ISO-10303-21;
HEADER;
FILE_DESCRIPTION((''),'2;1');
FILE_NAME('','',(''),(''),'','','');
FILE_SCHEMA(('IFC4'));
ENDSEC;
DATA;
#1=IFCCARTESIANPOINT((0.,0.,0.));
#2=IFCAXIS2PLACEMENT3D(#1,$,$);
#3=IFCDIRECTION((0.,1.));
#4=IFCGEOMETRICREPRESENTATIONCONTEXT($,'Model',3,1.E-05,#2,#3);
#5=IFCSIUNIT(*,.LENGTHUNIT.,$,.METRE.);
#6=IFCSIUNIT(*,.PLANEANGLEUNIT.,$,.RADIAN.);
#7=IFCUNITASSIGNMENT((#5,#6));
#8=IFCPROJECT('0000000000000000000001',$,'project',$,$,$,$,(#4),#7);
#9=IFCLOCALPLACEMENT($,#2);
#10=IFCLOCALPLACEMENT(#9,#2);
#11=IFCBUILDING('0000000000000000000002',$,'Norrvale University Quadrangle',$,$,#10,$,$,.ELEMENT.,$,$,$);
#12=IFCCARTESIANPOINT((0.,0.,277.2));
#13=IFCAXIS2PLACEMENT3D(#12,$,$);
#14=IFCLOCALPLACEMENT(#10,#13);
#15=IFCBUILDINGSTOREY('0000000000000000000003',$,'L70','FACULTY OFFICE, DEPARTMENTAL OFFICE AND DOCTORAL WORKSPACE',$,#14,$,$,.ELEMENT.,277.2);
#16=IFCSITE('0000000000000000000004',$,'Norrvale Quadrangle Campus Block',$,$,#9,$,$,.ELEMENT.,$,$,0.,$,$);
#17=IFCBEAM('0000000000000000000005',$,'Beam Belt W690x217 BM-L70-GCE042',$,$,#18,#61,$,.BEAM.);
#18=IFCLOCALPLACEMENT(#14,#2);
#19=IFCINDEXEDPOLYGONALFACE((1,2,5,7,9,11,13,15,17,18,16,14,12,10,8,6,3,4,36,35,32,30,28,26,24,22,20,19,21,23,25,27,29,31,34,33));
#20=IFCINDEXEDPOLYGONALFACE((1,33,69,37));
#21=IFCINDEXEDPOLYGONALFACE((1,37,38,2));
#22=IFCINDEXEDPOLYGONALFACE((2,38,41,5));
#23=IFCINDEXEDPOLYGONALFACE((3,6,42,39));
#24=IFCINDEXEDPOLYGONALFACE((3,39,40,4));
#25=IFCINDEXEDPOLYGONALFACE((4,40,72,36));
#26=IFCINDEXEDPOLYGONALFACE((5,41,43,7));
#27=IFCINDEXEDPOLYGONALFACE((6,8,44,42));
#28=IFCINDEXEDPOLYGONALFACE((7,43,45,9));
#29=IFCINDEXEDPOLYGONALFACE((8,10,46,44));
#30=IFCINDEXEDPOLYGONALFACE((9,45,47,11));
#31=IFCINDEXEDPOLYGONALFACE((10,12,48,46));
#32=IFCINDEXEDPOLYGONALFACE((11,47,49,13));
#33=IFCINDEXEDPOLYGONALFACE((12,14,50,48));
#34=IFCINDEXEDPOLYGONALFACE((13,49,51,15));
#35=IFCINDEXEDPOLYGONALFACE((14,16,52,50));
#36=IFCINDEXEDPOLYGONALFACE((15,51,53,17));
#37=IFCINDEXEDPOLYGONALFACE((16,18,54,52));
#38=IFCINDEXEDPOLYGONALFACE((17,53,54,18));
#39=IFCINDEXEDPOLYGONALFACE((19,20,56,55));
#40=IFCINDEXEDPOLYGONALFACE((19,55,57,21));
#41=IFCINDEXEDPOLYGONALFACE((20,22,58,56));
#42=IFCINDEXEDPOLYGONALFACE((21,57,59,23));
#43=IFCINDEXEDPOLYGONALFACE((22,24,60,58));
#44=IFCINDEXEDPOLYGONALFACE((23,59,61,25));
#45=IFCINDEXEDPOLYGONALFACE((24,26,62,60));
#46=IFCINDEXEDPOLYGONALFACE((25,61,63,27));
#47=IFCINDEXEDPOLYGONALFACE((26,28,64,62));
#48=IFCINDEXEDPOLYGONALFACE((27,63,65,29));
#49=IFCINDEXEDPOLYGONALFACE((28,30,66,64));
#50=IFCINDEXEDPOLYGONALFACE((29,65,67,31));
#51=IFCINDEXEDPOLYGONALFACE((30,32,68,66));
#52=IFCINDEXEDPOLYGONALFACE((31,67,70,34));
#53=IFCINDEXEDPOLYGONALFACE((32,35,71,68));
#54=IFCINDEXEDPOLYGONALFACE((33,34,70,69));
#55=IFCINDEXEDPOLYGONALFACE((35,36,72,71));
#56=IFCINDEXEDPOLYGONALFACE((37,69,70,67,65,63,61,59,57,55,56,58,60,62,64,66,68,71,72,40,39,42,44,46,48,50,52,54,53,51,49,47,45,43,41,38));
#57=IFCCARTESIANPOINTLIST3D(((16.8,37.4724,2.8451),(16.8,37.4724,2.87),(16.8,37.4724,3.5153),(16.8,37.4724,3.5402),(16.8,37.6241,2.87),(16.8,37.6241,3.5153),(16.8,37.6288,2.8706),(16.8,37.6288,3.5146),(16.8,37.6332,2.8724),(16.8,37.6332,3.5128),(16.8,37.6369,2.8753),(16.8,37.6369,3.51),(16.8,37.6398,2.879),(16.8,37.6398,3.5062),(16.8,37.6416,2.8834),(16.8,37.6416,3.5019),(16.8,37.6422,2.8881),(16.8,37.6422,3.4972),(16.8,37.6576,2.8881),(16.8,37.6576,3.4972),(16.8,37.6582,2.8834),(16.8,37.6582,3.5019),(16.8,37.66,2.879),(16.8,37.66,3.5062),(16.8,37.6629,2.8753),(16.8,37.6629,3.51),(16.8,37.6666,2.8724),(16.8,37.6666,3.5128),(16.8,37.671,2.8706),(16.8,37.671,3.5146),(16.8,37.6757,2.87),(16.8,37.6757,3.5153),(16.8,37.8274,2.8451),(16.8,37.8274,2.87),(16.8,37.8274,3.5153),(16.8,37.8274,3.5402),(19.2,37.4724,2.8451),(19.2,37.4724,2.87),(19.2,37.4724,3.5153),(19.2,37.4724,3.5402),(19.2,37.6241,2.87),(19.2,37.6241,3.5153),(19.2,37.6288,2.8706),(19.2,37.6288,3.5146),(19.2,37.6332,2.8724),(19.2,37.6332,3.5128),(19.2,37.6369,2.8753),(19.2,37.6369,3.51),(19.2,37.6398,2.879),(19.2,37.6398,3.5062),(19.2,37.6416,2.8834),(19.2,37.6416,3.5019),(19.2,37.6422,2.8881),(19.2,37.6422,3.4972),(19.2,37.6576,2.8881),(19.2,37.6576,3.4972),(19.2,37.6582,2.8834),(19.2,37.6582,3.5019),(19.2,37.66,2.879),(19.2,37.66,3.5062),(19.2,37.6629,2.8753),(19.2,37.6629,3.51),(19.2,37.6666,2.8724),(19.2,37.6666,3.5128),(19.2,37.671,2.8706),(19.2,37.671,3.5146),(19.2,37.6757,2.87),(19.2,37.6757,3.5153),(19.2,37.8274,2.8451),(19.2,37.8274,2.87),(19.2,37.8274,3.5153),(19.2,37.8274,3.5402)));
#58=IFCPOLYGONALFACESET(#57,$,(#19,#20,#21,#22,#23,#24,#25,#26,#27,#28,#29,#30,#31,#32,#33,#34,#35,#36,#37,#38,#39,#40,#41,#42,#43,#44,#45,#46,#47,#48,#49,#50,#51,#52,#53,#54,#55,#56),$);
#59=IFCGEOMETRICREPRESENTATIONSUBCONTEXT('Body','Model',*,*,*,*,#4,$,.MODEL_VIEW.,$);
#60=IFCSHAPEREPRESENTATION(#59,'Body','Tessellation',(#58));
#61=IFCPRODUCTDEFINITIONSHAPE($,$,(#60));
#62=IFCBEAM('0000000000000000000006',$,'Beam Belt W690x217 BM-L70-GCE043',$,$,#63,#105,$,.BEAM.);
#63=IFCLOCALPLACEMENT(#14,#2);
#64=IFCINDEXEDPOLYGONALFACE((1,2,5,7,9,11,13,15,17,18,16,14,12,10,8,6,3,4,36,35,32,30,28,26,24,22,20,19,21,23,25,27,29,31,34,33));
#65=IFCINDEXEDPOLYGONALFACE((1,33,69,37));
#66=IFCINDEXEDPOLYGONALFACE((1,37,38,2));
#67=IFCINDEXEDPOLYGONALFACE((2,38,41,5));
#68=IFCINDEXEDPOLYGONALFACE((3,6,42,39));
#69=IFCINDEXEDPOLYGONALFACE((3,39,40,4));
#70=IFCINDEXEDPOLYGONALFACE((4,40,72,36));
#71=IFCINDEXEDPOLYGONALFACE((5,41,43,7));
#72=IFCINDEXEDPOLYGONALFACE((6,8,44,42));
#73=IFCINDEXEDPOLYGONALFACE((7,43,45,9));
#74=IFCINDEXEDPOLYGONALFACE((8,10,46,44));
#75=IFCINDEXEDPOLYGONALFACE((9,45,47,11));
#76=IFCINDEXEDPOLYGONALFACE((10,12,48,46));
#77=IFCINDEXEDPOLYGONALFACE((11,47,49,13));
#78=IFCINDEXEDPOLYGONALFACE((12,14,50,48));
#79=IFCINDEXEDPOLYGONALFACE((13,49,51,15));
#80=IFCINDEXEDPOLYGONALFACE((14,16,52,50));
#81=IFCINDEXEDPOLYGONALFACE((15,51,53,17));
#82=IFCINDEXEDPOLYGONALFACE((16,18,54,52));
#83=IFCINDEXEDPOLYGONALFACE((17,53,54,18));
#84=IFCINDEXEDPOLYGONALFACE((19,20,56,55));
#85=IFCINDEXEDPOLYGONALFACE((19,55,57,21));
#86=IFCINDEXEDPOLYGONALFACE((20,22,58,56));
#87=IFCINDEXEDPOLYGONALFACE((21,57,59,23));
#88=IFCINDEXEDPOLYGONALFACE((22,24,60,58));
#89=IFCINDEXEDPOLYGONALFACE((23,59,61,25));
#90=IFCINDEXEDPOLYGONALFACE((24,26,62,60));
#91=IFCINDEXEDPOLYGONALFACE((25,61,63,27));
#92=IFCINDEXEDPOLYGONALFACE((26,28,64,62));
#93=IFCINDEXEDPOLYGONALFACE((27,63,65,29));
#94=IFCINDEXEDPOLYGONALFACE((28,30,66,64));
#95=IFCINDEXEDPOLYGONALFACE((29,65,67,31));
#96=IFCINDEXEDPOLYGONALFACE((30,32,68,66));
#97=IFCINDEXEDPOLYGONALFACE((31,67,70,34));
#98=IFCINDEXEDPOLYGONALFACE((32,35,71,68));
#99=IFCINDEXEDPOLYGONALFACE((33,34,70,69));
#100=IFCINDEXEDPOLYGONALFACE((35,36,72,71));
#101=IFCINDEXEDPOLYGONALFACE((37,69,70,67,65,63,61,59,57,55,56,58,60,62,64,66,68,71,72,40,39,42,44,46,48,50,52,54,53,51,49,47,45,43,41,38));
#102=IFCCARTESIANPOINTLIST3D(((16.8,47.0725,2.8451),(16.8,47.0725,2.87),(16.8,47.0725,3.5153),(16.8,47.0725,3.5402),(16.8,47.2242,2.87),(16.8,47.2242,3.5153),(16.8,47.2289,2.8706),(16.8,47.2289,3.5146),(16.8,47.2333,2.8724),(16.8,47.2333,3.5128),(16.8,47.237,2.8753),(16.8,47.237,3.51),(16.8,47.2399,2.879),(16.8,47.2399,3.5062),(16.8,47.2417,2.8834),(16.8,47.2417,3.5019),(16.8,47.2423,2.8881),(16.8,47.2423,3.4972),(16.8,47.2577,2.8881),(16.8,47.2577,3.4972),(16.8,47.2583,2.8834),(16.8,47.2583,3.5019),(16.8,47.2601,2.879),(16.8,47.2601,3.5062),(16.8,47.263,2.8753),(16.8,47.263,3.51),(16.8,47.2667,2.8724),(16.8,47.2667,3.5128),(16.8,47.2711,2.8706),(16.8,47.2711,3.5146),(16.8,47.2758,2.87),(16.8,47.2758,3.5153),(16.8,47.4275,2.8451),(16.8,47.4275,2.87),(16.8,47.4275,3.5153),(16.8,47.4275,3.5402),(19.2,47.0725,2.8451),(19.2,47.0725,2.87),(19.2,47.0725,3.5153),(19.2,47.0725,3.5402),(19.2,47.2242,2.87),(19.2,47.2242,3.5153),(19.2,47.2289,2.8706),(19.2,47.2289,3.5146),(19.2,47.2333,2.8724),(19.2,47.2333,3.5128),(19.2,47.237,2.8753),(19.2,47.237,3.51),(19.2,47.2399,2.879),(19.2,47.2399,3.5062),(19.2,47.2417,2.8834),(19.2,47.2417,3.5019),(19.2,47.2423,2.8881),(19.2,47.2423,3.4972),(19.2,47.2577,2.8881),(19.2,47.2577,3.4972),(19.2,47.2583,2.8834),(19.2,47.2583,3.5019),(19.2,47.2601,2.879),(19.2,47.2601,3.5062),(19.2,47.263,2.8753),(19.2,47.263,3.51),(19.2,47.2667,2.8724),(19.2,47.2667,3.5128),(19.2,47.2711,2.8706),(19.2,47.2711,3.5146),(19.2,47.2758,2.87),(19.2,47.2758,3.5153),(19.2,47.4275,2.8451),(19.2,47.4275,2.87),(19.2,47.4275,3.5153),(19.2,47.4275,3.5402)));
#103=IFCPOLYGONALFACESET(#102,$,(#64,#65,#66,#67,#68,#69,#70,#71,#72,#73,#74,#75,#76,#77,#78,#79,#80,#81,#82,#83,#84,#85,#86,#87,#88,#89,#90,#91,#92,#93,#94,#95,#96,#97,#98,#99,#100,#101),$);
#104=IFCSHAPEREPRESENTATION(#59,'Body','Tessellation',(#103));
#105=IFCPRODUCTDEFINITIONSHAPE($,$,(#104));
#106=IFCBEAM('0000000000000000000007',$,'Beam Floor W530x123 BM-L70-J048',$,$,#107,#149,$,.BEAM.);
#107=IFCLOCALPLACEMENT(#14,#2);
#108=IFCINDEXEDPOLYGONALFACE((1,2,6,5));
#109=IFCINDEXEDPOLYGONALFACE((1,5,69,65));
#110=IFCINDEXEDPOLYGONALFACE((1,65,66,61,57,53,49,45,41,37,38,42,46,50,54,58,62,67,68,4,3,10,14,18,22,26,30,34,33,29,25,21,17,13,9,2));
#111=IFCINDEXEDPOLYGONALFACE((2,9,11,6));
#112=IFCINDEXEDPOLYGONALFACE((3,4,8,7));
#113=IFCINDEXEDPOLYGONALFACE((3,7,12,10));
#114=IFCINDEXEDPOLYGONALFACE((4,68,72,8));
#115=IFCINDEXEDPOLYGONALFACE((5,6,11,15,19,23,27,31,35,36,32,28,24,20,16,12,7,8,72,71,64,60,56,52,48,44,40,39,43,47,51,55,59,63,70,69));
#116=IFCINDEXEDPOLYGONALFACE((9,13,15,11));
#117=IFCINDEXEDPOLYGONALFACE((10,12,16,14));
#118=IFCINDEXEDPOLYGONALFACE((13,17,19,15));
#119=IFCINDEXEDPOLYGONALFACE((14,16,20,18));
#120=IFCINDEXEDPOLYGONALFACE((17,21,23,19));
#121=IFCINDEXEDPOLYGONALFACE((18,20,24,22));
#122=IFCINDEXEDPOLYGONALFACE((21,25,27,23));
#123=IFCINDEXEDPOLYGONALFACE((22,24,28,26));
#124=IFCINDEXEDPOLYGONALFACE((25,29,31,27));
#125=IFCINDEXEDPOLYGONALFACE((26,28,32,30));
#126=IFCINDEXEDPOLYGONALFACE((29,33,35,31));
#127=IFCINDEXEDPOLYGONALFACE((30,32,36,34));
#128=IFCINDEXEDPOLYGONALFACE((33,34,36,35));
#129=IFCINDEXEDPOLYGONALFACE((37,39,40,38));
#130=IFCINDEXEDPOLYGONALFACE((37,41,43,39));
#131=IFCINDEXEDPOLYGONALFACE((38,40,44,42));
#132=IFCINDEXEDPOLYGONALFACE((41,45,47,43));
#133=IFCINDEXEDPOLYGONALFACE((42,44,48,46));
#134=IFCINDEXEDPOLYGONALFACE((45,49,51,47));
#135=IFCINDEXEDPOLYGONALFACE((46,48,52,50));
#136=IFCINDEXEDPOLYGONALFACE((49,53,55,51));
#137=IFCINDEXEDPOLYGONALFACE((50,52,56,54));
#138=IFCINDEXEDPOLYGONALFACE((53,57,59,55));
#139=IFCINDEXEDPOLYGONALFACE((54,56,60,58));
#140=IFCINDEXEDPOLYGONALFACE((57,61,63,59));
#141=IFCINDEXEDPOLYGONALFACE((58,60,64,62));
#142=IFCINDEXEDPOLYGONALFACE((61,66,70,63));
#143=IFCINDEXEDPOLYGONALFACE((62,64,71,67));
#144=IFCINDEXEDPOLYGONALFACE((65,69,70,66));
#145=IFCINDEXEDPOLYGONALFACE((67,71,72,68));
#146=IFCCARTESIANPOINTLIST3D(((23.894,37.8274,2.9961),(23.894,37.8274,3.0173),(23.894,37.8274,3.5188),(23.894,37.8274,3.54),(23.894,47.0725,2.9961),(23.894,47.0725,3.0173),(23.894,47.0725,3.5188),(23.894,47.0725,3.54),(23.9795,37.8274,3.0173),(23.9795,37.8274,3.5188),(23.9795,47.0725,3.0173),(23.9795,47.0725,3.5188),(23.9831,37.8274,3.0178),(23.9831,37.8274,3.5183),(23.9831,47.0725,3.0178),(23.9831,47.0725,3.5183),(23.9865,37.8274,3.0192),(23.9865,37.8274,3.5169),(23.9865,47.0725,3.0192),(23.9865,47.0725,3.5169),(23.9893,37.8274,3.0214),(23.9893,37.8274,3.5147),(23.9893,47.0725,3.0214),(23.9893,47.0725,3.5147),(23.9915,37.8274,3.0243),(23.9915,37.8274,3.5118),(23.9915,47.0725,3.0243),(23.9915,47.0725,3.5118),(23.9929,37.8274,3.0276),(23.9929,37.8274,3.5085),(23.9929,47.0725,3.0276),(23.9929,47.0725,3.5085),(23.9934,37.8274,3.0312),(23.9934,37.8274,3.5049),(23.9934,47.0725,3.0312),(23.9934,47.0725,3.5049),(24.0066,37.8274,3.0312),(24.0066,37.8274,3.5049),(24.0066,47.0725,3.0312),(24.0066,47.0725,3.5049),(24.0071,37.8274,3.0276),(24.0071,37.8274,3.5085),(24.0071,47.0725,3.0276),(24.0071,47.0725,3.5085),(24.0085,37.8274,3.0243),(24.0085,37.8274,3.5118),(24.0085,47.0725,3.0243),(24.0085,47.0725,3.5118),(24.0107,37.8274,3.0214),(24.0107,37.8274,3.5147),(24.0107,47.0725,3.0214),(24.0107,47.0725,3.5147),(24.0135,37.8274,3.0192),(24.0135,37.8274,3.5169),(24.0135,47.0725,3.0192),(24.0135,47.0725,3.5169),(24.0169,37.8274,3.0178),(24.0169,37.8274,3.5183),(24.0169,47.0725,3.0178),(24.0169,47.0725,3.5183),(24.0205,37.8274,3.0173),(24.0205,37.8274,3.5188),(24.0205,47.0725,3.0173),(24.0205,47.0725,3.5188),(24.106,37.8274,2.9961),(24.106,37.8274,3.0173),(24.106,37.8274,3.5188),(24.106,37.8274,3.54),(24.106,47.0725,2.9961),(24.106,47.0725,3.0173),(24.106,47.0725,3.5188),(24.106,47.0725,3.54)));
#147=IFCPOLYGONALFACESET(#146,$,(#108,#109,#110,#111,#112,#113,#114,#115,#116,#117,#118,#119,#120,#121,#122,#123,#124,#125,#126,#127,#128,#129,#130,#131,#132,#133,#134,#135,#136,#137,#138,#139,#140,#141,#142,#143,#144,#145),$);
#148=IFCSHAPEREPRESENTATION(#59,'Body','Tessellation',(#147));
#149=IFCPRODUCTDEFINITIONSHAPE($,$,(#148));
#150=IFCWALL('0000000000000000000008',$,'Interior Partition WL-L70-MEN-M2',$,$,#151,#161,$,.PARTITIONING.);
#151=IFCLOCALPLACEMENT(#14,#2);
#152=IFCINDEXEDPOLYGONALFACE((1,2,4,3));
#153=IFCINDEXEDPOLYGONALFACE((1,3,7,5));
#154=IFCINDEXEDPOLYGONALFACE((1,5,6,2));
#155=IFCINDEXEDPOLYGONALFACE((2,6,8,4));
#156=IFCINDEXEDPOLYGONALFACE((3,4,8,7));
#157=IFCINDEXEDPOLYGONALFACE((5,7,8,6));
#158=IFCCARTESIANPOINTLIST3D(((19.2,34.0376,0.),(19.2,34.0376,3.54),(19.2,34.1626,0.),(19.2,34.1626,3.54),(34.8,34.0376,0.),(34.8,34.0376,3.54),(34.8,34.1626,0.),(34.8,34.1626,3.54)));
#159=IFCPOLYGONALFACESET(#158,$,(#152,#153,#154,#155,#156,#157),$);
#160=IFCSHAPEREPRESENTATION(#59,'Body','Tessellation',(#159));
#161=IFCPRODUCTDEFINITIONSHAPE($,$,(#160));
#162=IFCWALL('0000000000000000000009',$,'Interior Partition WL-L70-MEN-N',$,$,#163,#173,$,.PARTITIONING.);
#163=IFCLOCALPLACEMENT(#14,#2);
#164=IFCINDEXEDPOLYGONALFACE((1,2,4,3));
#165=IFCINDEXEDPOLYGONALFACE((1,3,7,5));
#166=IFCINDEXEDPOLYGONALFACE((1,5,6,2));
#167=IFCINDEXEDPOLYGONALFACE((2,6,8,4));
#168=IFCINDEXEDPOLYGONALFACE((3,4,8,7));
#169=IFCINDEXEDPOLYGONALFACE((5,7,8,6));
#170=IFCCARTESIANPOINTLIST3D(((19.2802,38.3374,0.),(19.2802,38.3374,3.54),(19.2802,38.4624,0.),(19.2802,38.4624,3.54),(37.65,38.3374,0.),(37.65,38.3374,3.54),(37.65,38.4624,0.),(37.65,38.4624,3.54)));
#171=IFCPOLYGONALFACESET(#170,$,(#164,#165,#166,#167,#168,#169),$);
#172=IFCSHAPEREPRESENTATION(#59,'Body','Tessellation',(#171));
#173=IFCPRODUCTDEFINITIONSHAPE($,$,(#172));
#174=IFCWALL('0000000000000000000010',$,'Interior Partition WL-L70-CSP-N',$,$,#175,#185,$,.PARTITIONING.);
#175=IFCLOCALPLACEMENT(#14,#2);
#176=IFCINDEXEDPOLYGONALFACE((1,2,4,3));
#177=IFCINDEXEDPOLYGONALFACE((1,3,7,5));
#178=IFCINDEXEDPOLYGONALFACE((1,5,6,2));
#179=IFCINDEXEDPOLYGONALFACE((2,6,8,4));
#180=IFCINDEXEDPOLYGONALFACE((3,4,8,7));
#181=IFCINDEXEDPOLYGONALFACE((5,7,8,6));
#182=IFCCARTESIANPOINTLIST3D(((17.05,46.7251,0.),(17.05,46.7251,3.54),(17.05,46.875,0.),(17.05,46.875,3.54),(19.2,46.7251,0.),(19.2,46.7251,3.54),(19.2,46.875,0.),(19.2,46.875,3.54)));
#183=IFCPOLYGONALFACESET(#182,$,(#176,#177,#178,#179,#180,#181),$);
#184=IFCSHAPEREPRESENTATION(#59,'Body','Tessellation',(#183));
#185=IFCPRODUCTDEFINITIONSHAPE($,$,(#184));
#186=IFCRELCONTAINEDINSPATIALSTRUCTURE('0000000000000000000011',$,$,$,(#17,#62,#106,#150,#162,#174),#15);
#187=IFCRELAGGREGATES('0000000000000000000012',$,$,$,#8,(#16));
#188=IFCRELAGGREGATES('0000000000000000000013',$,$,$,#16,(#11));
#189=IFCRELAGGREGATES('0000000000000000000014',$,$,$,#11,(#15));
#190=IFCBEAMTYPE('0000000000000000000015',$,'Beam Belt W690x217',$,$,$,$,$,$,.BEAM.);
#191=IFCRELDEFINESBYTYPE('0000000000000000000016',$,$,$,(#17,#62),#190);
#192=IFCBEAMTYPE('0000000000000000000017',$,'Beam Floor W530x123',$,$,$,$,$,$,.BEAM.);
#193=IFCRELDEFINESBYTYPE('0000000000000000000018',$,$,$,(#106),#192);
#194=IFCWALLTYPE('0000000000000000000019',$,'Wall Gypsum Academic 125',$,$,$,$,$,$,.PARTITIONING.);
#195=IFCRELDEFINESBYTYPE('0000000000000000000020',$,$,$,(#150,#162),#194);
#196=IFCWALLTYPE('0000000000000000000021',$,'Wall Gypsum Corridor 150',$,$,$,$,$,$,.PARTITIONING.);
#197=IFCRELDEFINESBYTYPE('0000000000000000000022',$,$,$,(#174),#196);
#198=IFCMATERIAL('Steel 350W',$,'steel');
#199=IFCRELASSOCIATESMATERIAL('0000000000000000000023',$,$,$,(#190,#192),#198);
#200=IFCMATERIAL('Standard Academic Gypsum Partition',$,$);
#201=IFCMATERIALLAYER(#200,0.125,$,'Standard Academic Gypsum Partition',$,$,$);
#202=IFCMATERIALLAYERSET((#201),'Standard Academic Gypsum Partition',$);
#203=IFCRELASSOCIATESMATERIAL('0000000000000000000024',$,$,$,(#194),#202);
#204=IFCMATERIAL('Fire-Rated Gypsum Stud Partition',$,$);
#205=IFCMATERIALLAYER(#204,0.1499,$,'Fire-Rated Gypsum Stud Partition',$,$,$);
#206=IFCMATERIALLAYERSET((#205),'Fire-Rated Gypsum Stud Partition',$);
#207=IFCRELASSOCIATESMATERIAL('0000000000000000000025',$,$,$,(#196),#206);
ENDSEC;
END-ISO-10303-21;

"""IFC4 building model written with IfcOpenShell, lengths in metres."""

from ifc_helpers import new_model, si_unit, direction, frame, frame_2d, origin, origin_2d, place, context, subcontext, project, spatial, rectangle, i_section, extrude, material, layer, layer_set, material_profile, profile_set, type_object, element, save


model = new_model("IFC4")

# Units and contexts
model_context = context("Model", 3, precision=1e-05, world=origin(), true_north=direction((0.0, 1.0)))
body_context = subcontext(model_context, "Body", "Model", "MODEL_VIEW")
ifc_project = project(units=[si_unit("LENGTHUNIT", "METRE"), si_unit("PLANEANGLEUNIT", "RADIAN")], contexts=[model_context])

# Site, building, storey
site_placement = place(None, origin())
site = spatial("IfcSite", under=ifc_project, at=site_placement, Name="Norrvale Quadrangle Campus Block", CompositionType="ELEMENT", RefElevation=0.0)
building_placement = place(site_placement, origin())
building = spatial("IfcBuilding", under=site, at=building_placement, Name="Norrvale University Quadrangle", CompositionType="ELEMENT")
storey_placement = place(building_placement, frame((0.0, 0.0, 277.2)))
storey = spatial("IfcBuildingStorey", under=building, at=storey_placement, Name="L70", Description="FACULTY OFFICE, DEPARTMENTAL OFFICE AND DOCTORAL WORKSPACE", CompositionType="ELEMENT", Elevation=277.2)

# Beams
ifc_material_1 = material(Name="Steel 350W", Category="steel")
ifc_material_profile_1 = material_profile(ifc_material_1, i_section(OverallWidth=0.355, OverallDepth=0.6951, WebThickness=0.0154, FlangeThickness=0.0249, FilletRadius=0.0181, at=origin_2d()), Name="Steel 350W")
ifc_profile_set_1 = profile_set([ifc_material_profile_1], Name="Steel 350W")
beam_type_1 = type_object("IfcBeamType", Name="Beam Belt W690x217", PredefinedType="BEAM", material=ifc_profile_set_1)
for number, where, z_axis, x_axis, name in (
    (1, (16.8, 37.6499, 3.1926), (1.0, 0.0, 0.0), (0.0, 1.0, 0.0), "Beam Belt W690x217 BM-L70-GCE042"),
    (2, (16.8, 47.25, 3.1926), (1.0, 0.0, 0.0), (0.0, 1.0, 0.0), "Beam Belt W690x217 BM-L70-GCE043"),
):
    element("IfcBeam", number, at=place(storey_placement, frame(where, z_axis=z_axis, x_axis=x_axis)), inside=storey, type_object=beam_type_1, Name=name, PredefinedType="BEAM", context=body_context, shape_type="SweptSolid", body=[
        extrude(i_section(OverallWidth=0.355, OverallDepth=0.6951, WebThickness=0.0154, FlangeThickness=0.0249, FilletRadius=0.0181, at=origin_2d()), origin(), (0.0, 0.0, 1.0), 2.3999),
    ])
ifc_material_profile_2 = material_profile(ifc_material_1, i_section(OverallWidth=0.2119, OverallDepth=0.5439, WebThickness=0.0132, FlangeThickness=0.0212, FilletRadius=0.0139, at=origin_2d()), Name="Steel 350W")
ifc_profile_set_2 = profile_set([ifc_material_profile_2], Name="Steel 350W")
beam_type_2 = type_object("IfcBeamType", Name="Beam Floor W530x123", PredefinedType="BEAM", material=ifc_profile_set_2)
beam_placement = place(storey_placement, frame((24.0, 37.8274, 3.2681), z_axis=(0.0, 1.0, 0.0), x_axis=(-1.0, 0.0, 0.0)))
element("IfcBeam", 3, at=beam_placement, inside=storey, type_object=beam_type_2, Name="Beam Floor W530x123 BM-L70-J048", PredefinedType="BEAM", context=body_context, shape_type="SweptSolid", body=[
    extrude(i_section(OverallWidth=0.2119, OverallDepth=0.5439, WebThickness=0.0132, FlangeThickness=0.0212, FilletRadius=0.0139, at=origin_2d()), origin(), (0.0, 0.0, 1.0), 9.2451),
])

# Walls
ifc_material_2 = material(Name="Standard Academic Gypsum Partition")
ifc_layer_1 = layer(ifc_material_2, 0.125, Name="Standard Academic Gypsum Partition")
ifc_layer_set_1 = layer_set([ifc_layer_1], Name="Standard Academic Gypsum Partition")
wall_type_1 = type_object("IfcWallType", Name="Wall Gypsum Academic 125", PredefinedType="PARTITIONING", material=ifc_layer_set_1)
wall_1_placement = place(storey_placement, frame((19.2, 34.1001, 0.0), z_axis=(0.0, 0.0, 1.0), x_axis=(1.0, 0.0, 0.0)))
element("IfcWall", 4, at=wall_1_placement, inside=storey, type_object=wall_type_1, Name="Interior Partition WL-L70-MEN-M2", PredefinedType="PARTITIONING", context=body_context, shape_type="SweptSolid", body=[
    extrude(rectangle(XDim=15.6001, YDim=0.125, at=frame_2d((7.8, 0.0))), origin(), (0.0, 0.0, 1.0), 3.54),
])
wall_2_placement = place(storey_placement, frame((19.28, 38.3999, 0.0), z_axis=(0.0, 0.0, 1.0), x_axis=(1.0, 0.0, 0.0)))
element("IfcWall", 5, at=wall_2_placement, inside=storey, type_object=wall_type_1, Name="Interior Partition WL-L70-MEN-N", PredefinedType="PARTITIONING", context=body_context, shape_type="SweptSolid", body=[
    extrude(rectangle(XDim=18.3699, YDim=0.125, at=frame_2d((9.1851, 0.0))), origin(), (0.0, 0.0, 1.0), 3.54),
])
ifc_material_3 = material(Name="Fire-Rated Gypsum Stud Partition")
ifc_layer_2 = layer(ifc_material_3, 0.1499, Name="Fire-Rated Gypsum Stud Partition")
ifc_layer_set_2 = layer_set([ifc_layer_2], Name="Fire-Rated Gypsum Stud Partition")
wall_type_2 = type_object("IfcWallType", Name="Wall Gypsum Corridor 150", PredefinedType="PARTITIONING", material=ifc_layer_set_2)
wall_3_placement = place(storey_placement, frame((17.05, 46.8, 0.0), z_axis=(0.0, 0.0, 1.0), x_axis=(1.0, 0.0, 0.0)))
element("IfcWall", 6, at=wall_3_placement, inside=storey, type_object=wall_type_2, Name="Interior Partition WL-L70-CSP-N", PredefinedType="PARTITIONING", context=body_context, shape_type="SweptSolid", body=[
    extrude(rectangle(XDim=2.1499, YDim=0.1499, at=frame_2d((1.075, 0.0))), origin(), (0.0, 0.0, 1.0), 3.54),
])

save(model, "model.ifc")
